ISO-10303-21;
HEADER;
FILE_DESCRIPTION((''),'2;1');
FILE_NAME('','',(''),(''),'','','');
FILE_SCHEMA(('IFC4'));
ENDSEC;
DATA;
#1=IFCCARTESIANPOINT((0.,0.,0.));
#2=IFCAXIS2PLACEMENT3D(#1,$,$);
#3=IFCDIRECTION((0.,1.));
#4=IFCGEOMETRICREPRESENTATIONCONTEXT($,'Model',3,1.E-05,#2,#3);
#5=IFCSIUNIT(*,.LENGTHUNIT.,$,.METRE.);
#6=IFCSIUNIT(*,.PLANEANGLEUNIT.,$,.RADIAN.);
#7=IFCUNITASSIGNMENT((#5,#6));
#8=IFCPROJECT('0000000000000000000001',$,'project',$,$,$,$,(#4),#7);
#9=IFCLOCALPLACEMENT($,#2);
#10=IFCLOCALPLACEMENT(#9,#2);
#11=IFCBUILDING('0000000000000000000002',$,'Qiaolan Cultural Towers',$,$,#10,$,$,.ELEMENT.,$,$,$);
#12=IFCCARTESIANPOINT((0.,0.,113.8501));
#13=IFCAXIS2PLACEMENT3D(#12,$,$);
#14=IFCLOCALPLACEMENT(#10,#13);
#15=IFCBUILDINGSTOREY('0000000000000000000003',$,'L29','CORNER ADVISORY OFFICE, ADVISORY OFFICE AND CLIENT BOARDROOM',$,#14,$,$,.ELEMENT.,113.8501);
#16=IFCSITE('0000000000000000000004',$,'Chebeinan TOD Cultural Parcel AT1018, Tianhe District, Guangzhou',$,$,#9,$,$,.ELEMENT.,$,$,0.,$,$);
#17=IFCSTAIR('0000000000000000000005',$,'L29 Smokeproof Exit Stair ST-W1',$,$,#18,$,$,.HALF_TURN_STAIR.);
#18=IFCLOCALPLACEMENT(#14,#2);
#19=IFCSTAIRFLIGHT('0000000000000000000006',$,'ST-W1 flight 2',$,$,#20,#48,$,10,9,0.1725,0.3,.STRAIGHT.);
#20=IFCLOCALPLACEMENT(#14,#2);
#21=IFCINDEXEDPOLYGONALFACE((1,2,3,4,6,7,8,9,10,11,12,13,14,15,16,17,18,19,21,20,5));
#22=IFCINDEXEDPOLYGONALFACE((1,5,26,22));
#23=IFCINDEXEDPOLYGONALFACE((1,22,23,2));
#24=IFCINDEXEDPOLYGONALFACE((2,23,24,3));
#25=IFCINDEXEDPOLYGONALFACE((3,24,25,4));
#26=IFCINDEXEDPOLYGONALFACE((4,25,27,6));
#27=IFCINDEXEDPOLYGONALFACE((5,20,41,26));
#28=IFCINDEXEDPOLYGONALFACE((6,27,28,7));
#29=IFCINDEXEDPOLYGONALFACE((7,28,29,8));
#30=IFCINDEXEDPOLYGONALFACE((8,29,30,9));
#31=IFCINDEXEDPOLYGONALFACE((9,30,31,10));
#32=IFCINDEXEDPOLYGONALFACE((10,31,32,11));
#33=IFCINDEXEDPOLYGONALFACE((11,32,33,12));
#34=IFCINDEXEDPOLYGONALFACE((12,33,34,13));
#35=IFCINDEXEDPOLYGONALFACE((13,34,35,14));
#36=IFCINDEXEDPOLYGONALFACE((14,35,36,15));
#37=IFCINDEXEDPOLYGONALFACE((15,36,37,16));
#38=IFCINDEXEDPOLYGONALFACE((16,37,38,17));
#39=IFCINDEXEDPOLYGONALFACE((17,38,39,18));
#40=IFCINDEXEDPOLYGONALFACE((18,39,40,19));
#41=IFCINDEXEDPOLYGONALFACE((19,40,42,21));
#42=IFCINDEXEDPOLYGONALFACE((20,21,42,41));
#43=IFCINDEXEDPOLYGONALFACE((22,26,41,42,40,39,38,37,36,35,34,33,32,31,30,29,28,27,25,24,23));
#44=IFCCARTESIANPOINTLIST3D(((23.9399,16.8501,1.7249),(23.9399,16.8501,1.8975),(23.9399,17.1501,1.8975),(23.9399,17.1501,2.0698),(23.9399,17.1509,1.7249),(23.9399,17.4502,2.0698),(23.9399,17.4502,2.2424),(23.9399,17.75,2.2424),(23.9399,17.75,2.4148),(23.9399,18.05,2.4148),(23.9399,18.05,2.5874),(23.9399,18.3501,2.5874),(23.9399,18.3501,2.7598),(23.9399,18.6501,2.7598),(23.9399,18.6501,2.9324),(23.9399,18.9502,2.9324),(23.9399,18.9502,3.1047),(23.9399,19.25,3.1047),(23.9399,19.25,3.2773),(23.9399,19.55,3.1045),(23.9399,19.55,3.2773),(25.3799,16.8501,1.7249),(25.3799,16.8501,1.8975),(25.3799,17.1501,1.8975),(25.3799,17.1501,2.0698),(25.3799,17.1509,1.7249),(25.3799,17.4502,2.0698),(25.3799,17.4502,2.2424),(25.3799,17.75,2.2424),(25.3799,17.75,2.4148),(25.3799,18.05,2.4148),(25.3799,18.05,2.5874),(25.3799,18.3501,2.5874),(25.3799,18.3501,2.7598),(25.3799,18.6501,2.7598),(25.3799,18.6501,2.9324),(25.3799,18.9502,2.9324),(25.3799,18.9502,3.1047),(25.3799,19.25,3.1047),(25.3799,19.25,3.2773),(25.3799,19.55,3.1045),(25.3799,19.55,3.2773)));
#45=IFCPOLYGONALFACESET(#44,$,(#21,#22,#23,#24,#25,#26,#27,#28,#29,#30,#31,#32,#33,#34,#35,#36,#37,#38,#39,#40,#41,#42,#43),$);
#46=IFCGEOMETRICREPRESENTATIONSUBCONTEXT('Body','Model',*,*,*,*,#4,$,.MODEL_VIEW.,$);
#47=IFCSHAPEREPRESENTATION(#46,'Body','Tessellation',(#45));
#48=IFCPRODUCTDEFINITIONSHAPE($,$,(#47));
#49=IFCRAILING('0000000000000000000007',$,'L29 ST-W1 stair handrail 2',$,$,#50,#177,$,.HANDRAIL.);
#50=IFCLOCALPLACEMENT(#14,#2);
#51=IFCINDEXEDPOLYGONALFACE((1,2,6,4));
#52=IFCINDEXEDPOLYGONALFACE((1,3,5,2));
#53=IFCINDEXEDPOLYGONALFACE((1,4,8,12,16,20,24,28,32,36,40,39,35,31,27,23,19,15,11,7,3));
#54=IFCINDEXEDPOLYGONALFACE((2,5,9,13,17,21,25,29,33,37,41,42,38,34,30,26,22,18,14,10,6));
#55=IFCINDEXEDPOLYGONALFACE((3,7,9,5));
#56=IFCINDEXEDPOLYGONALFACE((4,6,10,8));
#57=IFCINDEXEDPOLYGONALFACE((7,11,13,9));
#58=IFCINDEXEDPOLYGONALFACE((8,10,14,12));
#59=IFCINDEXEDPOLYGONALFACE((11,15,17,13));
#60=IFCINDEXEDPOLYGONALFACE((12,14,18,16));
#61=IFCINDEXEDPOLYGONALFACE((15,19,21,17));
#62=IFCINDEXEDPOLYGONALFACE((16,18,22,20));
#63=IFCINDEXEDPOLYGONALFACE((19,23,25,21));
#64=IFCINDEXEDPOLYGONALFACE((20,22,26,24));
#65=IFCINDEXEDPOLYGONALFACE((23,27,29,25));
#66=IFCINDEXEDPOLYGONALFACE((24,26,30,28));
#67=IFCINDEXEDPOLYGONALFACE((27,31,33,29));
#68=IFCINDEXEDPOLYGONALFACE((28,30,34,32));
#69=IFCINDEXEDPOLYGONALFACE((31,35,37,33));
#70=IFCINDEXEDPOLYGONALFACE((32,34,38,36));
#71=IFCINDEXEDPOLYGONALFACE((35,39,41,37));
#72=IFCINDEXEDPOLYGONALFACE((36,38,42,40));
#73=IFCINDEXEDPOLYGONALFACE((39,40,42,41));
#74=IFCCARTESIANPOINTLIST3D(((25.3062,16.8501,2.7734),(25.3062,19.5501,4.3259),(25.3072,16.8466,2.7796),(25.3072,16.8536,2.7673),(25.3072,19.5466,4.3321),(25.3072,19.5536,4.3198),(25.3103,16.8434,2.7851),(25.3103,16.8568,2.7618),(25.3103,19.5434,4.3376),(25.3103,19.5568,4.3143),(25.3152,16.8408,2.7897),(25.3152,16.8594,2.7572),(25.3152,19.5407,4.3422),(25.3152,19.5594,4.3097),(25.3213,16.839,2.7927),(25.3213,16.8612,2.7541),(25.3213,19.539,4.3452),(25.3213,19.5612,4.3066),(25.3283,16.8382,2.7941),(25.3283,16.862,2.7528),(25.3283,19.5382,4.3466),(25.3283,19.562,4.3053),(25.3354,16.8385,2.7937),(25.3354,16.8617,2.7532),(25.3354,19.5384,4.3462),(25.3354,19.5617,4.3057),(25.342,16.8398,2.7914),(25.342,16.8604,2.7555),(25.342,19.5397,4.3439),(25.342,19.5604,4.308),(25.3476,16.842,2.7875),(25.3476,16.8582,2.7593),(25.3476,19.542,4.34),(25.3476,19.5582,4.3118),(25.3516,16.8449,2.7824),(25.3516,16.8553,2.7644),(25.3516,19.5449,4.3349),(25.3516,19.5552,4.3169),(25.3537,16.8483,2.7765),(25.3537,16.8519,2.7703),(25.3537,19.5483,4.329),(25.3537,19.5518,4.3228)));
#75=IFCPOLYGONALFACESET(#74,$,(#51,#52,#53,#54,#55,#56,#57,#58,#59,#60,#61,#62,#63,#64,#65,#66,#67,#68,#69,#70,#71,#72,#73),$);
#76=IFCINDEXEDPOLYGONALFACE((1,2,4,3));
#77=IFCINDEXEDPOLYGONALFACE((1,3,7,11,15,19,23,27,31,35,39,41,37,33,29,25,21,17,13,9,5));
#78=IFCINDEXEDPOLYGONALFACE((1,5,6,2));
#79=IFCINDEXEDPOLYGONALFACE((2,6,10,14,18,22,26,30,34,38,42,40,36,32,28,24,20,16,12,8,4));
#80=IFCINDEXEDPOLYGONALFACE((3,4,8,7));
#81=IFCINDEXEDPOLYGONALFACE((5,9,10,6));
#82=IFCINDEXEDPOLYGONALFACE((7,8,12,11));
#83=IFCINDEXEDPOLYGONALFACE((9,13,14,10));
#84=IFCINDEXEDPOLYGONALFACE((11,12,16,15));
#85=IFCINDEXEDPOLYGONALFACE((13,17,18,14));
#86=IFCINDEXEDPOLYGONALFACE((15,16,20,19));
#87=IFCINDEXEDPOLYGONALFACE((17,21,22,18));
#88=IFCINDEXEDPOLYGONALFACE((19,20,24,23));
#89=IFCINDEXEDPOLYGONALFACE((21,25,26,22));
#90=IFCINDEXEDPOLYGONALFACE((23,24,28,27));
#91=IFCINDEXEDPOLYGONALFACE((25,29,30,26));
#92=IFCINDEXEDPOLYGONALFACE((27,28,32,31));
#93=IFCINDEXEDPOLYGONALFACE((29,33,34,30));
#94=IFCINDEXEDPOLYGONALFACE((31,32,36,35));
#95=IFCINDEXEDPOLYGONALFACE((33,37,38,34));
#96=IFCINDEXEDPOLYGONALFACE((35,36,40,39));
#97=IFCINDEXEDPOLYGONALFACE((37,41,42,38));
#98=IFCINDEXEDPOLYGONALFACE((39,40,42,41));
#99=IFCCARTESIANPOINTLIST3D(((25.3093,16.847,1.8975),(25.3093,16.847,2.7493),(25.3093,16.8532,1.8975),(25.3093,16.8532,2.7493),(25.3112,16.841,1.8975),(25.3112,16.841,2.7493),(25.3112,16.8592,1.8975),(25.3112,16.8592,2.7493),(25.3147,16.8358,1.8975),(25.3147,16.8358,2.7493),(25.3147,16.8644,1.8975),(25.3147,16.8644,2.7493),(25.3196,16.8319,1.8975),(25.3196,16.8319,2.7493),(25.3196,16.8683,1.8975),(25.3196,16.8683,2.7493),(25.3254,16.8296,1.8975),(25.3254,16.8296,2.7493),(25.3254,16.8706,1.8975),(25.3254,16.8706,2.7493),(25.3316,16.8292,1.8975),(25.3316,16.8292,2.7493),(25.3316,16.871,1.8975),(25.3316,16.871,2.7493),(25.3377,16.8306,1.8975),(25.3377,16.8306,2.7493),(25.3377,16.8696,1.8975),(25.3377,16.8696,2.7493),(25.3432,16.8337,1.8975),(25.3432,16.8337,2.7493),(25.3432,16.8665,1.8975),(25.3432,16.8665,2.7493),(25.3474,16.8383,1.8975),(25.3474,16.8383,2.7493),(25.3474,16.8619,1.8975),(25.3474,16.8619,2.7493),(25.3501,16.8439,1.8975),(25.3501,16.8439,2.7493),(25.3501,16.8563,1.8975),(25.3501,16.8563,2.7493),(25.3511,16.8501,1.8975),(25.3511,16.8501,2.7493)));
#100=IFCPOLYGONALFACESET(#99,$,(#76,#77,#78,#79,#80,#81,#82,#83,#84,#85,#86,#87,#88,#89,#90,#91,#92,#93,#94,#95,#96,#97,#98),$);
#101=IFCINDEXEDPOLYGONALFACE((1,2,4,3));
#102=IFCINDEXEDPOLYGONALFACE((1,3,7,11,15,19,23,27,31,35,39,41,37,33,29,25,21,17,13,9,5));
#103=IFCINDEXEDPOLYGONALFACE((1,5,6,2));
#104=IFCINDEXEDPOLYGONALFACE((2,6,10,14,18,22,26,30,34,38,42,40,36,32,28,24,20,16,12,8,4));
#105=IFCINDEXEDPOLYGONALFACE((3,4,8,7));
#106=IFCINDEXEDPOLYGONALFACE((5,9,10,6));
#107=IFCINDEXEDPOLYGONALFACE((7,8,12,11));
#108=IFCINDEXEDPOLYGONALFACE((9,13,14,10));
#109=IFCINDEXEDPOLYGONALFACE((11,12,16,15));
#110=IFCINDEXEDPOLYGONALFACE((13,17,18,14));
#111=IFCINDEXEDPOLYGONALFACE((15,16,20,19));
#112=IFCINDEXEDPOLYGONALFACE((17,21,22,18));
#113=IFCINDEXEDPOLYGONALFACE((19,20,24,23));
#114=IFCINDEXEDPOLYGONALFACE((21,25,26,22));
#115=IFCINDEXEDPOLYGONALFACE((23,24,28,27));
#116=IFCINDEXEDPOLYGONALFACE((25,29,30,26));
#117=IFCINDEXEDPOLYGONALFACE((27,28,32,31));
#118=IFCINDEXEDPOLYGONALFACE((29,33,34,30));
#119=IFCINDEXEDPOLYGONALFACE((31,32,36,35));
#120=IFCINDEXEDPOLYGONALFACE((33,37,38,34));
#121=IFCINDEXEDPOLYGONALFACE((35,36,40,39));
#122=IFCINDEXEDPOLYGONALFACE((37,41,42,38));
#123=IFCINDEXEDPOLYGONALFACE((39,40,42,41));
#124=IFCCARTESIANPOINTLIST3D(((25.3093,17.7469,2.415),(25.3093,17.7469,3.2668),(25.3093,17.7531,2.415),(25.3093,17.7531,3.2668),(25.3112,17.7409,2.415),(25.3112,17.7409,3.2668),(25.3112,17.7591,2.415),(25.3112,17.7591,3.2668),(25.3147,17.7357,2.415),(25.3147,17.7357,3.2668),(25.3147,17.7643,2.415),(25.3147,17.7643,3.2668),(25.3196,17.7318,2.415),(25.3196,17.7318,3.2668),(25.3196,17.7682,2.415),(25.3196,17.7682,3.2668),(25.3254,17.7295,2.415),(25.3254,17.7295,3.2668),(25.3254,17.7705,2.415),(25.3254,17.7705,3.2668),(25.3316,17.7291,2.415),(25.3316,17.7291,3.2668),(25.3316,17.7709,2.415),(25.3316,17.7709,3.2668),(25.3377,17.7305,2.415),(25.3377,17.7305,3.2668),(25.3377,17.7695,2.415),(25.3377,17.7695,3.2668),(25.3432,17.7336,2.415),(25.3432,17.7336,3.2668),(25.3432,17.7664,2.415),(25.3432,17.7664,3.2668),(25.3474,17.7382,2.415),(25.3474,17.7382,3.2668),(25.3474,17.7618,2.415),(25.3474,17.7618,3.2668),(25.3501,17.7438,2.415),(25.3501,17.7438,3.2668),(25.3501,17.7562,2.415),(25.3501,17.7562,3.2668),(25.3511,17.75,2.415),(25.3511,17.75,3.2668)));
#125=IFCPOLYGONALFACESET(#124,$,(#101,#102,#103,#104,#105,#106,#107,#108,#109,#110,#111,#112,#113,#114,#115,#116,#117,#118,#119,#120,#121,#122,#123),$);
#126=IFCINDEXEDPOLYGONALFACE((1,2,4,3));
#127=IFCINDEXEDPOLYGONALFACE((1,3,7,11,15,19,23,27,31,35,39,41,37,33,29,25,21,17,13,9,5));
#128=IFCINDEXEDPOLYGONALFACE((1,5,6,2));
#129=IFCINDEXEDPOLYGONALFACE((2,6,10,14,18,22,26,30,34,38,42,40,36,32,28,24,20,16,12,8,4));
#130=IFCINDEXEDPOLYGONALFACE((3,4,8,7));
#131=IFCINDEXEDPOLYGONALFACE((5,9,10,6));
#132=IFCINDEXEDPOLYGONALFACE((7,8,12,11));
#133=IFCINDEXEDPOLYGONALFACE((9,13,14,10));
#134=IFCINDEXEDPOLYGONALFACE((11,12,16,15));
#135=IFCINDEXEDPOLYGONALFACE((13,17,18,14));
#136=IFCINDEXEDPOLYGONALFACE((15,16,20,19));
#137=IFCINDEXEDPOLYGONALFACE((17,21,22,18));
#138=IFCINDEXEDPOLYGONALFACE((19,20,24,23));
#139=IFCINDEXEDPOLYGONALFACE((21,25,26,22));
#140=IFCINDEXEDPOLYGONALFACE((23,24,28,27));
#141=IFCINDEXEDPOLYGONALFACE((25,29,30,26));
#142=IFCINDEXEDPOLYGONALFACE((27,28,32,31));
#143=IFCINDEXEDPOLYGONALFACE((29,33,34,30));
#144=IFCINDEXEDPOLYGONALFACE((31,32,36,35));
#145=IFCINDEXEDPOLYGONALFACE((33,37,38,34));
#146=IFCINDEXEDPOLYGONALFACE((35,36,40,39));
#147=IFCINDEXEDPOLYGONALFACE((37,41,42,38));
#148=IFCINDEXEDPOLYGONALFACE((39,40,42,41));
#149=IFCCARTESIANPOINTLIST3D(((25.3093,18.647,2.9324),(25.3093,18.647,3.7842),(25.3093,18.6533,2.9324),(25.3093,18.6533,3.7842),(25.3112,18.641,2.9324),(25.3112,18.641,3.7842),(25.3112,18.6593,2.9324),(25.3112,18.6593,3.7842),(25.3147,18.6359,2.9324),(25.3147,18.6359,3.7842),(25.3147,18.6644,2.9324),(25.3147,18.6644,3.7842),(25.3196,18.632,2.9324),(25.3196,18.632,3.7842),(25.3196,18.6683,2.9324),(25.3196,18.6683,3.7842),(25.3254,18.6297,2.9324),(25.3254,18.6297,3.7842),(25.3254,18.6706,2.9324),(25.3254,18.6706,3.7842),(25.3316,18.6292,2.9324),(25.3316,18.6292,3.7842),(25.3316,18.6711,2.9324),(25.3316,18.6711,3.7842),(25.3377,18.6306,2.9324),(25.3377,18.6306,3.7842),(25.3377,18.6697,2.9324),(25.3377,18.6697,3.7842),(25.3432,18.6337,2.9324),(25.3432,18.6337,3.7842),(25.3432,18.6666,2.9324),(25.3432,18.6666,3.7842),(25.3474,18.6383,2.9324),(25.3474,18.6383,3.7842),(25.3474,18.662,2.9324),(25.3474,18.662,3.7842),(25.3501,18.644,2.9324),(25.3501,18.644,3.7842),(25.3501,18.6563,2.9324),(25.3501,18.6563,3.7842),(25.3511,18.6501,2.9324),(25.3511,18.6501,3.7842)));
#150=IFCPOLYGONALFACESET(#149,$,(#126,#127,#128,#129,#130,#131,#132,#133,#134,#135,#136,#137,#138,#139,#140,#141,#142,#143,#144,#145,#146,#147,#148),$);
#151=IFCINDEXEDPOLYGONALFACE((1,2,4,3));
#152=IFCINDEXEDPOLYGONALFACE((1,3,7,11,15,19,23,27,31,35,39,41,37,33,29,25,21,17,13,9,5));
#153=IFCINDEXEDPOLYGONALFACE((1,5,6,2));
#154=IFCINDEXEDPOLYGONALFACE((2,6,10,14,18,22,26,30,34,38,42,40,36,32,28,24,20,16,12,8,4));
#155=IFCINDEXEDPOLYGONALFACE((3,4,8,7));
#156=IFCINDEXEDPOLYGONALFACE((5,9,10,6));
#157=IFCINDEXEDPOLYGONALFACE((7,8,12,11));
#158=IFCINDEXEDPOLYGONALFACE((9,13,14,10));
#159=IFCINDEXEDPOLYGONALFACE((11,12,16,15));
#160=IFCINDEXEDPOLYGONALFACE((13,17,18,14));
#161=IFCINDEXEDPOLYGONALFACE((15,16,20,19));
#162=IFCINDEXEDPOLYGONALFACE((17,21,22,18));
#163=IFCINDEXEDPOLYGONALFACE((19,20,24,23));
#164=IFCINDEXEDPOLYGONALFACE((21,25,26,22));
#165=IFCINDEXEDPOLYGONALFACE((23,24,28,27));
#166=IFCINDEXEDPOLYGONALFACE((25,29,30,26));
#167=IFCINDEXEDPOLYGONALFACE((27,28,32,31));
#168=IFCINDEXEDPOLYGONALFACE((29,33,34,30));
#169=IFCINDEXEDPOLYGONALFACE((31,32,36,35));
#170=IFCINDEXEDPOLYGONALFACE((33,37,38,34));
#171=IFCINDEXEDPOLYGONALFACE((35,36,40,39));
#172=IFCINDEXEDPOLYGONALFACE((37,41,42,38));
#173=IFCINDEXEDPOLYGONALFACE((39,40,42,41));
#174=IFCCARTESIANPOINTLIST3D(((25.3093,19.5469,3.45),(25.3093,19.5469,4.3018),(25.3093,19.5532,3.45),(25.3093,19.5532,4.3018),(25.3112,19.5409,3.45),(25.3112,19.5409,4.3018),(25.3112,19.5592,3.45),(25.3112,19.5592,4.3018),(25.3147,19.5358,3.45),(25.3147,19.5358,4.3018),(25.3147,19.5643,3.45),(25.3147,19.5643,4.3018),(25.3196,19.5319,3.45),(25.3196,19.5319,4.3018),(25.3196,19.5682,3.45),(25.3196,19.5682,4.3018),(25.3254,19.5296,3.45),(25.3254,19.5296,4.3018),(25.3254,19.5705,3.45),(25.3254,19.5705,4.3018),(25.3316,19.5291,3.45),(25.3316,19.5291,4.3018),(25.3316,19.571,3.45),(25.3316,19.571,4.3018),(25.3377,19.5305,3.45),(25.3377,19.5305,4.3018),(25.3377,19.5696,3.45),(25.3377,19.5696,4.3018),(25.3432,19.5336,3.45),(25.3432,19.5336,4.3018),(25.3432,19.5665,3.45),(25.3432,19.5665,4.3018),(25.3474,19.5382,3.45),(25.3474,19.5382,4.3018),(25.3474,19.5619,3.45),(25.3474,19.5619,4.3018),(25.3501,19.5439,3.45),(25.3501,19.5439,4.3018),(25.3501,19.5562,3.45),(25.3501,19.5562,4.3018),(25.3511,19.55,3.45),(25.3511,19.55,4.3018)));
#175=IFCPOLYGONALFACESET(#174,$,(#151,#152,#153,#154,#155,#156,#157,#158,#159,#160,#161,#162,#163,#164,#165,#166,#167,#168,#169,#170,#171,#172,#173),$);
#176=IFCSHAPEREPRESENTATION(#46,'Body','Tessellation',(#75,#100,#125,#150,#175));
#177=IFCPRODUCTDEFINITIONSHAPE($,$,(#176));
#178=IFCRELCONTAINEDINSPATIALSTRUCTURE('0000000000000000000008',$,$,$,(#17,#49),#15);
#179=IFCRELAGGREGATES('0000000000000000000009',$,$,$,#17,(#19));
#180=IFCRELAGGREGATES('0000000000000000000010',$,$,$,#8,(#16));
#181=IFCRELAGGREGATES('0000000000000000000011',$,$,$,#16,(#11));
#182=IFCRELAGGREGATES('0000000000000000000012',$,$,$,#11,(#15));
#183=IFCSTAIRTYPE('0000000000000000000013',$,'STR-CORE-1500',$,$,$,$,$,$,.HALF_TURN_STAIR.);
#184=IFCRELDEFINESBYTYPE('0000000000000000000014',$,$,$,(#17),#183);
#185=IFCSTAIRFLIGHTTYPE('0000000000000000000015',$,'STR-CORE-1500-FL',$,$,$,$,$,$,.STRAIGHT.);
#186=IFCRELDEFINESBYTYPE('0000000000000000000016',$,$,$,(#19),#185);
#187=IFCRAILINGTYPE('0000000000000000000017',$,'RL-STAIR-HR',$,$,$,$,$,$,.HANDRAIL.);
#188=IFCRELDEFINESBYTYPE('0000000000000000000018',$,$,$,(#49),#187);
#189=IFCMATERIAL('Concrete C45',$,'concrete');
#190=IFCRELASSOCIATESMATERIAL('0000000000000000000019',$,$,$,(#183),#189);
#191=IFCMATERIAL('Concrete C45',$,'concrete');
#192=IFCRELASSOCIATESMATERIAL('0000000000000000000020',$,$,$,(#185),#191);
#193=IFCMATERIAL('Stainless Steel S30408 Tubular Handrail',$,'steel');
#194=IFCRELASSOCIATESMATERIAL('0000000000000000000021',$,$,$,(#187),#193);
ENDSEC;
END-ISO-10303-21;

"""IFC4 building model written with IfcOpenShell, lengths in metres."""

from ifc_helpers import new_model, si_unit, direction, frame, origin, origin_2d, place, context, subcontext, project, spatial, polyline, circle, outline, extrude, material, type_object, element, aggregate, save


model = new_model("IFC4")

# Units and contexts
model_context = context("Model", 3, precision=1e-05, world=origin(), true_north=direction((0.0, 1.0)))
body_context = subcontext(model_context, "Body", "Model", "MODEL_VIEW")
ifc_project = project(units=[si_unit("LENGTHUNIT", "METRE"), si_unit("PLANEANGLEUNIT", "RADIAN")], contexts=[model_context])

# Site, building, storey
site_placement = place(None, origin())
site = spatial("IfcSite", under=ifc_project, at=site_placement, Name="Chebeinan TOD Cultural Parcel AT1018, Tianhe District, Guangzhou", CompositionType="ELEMENT", RefElevation=0.0)
building_placement = place(site_placement, origin())
building = spatial("IfcBuilding", under=site, at=building_placement, Name="Qiaolan Cultural Towers", CompositionType="ELEMENT")
storey_placement = place(building_placement, frame((0.0, 0.0, 113.8501)))
storey = spatial("IfcBuildingStorey", under=building, at=storey_placement, Name="L29", Description="CORNER ADVISORY OFFICE, ADVISORY OFFICE AND CLIENT BOARDROOM", CompositionType="ELEMENT", Elevation=113.8501)

# Stair, stair flight
ifc_material_1 = material(Name="Concrete C45", Category="concrete")
stair_type = type_object("IfcStairType", Name="STR-CORE-1500", PredefinedType="HALF_TURN_STAIR", material=ifc_material_1)
stair_placement = place(storey_placement, origin())
stair = element("IfcStair", 1, at=stair_placement, inside=storey, type_object=stair_type, Name="L29 Smokeproof Exit Stair ST-W1", PredefinedType="HALF_TURN_STAIR")
ifc_material_2 = material(Name="Concrete C45", Category="concrete")
stair_flight_type = type_object("IfcStairFlightType", Name="STR-CORE-1500-FL", PredefinedType="STRAIGHT", material=ifc_material_2)
stair_flight_placement = place(storey_placement, frame((24.6599, 16.8501, 1.7249), z_axis=(0.0, 0.0, 1.0), x_axis=(0.0, 1.0, 0.0)))
stair_flight = element("IfcStairFlight", 2, at=stair_flight_placement, type_object=stair_flight_type, Name="ST-W1 flight 2", NumberOfRisers=10, NumberOfTreads=9, PredefinedType="STRAIGHT", RiserHeight=0.1725, TreadLength=0.3, context=body_context, shape_type="SweptSolid", body=[
    extrude(outline(polyline([(0.0, 0.0), (0.0, 0.1726), (0.3, 0.1726), (0.3, 0.345), (0.6001, 0.345), (0.6001, 0.5176), (0.8999, 0.5176), (0.8999, 0.6899), (1.2, 0.6899), (1.2, 0.8625), (1.5, 0.8625), (1.5, 1.0349), (1.8, 1.0349), (1.8, 1.2075), (2.1001, 1.2075), (2.1001, 1.3799), (2.3999, 1.3799), (2.3999, 1.5525), (2.7, 1.5525), (2.7, 1.7251), (2.7, 1.3796), (0.3008, 0.0), (0.0, 0.0)])), frame((0.0, 0.72, 0.0), z_axis=(0.0, -1.0, 0.0), x_axis=(1.0, 0.0, 0.0)), (0.0, 0.0, 1.0), 1.4399),
])
aggregate(stair, [stair_flight])

# Railing
ifc_material_3 = material(Name="Stainless Steel S30408 Tubular Handrail", Category="steel")
railing_type = type_object("IfcRailingType", Name="RL-STAIR-HR", PredefinedType="HANDRAIL", material=ifc_material_3)
railing_placement = place(storey_placement, frame((25.3301, 16.8501, 1.8975)))
element("IfcRailing", 3, at=railing_placement, inside=storey, type_object=railing_type, Name="L29 ST-W1 stair handrail 2", PredefinedType="HANDRAIL", context=body_context, shape_type="SweptSolid", body=[
    extrude(circle(Radius=0.0239, at=origin_2d()), frame((0.0, 0.0, 0.876), z_axis=(0.0, 0.866904, 0.498476), x_axis=(-1.0, 0.0, 0.0)), (0.0, 0.0, 1.0), 3.1145),
    extrude(circle(Radius=0.021, at=origin_2d()), origin(), (0.0, 0.0, 1.0), 0.8518),
    extrude(circle(Radius=0.021, at=origin_2d()), frame((0.0, 0.8999, 0.5176)), (0.0, 0.0, 1.0), 0.8518),
    extrude(circle(Radius=0.021, at=origin_2d()), frame((0.0, 1.8, 1.0349)), (0.0, 0.0, 1.0), 0.8518),
    extrude(circle(Radius=0.021, at=origin_2d()), frame((0.0, 2.7, 1.5525)), (0.0, 0.0, 1.0), 0.8518),
])

save(model, "model.ifc")
